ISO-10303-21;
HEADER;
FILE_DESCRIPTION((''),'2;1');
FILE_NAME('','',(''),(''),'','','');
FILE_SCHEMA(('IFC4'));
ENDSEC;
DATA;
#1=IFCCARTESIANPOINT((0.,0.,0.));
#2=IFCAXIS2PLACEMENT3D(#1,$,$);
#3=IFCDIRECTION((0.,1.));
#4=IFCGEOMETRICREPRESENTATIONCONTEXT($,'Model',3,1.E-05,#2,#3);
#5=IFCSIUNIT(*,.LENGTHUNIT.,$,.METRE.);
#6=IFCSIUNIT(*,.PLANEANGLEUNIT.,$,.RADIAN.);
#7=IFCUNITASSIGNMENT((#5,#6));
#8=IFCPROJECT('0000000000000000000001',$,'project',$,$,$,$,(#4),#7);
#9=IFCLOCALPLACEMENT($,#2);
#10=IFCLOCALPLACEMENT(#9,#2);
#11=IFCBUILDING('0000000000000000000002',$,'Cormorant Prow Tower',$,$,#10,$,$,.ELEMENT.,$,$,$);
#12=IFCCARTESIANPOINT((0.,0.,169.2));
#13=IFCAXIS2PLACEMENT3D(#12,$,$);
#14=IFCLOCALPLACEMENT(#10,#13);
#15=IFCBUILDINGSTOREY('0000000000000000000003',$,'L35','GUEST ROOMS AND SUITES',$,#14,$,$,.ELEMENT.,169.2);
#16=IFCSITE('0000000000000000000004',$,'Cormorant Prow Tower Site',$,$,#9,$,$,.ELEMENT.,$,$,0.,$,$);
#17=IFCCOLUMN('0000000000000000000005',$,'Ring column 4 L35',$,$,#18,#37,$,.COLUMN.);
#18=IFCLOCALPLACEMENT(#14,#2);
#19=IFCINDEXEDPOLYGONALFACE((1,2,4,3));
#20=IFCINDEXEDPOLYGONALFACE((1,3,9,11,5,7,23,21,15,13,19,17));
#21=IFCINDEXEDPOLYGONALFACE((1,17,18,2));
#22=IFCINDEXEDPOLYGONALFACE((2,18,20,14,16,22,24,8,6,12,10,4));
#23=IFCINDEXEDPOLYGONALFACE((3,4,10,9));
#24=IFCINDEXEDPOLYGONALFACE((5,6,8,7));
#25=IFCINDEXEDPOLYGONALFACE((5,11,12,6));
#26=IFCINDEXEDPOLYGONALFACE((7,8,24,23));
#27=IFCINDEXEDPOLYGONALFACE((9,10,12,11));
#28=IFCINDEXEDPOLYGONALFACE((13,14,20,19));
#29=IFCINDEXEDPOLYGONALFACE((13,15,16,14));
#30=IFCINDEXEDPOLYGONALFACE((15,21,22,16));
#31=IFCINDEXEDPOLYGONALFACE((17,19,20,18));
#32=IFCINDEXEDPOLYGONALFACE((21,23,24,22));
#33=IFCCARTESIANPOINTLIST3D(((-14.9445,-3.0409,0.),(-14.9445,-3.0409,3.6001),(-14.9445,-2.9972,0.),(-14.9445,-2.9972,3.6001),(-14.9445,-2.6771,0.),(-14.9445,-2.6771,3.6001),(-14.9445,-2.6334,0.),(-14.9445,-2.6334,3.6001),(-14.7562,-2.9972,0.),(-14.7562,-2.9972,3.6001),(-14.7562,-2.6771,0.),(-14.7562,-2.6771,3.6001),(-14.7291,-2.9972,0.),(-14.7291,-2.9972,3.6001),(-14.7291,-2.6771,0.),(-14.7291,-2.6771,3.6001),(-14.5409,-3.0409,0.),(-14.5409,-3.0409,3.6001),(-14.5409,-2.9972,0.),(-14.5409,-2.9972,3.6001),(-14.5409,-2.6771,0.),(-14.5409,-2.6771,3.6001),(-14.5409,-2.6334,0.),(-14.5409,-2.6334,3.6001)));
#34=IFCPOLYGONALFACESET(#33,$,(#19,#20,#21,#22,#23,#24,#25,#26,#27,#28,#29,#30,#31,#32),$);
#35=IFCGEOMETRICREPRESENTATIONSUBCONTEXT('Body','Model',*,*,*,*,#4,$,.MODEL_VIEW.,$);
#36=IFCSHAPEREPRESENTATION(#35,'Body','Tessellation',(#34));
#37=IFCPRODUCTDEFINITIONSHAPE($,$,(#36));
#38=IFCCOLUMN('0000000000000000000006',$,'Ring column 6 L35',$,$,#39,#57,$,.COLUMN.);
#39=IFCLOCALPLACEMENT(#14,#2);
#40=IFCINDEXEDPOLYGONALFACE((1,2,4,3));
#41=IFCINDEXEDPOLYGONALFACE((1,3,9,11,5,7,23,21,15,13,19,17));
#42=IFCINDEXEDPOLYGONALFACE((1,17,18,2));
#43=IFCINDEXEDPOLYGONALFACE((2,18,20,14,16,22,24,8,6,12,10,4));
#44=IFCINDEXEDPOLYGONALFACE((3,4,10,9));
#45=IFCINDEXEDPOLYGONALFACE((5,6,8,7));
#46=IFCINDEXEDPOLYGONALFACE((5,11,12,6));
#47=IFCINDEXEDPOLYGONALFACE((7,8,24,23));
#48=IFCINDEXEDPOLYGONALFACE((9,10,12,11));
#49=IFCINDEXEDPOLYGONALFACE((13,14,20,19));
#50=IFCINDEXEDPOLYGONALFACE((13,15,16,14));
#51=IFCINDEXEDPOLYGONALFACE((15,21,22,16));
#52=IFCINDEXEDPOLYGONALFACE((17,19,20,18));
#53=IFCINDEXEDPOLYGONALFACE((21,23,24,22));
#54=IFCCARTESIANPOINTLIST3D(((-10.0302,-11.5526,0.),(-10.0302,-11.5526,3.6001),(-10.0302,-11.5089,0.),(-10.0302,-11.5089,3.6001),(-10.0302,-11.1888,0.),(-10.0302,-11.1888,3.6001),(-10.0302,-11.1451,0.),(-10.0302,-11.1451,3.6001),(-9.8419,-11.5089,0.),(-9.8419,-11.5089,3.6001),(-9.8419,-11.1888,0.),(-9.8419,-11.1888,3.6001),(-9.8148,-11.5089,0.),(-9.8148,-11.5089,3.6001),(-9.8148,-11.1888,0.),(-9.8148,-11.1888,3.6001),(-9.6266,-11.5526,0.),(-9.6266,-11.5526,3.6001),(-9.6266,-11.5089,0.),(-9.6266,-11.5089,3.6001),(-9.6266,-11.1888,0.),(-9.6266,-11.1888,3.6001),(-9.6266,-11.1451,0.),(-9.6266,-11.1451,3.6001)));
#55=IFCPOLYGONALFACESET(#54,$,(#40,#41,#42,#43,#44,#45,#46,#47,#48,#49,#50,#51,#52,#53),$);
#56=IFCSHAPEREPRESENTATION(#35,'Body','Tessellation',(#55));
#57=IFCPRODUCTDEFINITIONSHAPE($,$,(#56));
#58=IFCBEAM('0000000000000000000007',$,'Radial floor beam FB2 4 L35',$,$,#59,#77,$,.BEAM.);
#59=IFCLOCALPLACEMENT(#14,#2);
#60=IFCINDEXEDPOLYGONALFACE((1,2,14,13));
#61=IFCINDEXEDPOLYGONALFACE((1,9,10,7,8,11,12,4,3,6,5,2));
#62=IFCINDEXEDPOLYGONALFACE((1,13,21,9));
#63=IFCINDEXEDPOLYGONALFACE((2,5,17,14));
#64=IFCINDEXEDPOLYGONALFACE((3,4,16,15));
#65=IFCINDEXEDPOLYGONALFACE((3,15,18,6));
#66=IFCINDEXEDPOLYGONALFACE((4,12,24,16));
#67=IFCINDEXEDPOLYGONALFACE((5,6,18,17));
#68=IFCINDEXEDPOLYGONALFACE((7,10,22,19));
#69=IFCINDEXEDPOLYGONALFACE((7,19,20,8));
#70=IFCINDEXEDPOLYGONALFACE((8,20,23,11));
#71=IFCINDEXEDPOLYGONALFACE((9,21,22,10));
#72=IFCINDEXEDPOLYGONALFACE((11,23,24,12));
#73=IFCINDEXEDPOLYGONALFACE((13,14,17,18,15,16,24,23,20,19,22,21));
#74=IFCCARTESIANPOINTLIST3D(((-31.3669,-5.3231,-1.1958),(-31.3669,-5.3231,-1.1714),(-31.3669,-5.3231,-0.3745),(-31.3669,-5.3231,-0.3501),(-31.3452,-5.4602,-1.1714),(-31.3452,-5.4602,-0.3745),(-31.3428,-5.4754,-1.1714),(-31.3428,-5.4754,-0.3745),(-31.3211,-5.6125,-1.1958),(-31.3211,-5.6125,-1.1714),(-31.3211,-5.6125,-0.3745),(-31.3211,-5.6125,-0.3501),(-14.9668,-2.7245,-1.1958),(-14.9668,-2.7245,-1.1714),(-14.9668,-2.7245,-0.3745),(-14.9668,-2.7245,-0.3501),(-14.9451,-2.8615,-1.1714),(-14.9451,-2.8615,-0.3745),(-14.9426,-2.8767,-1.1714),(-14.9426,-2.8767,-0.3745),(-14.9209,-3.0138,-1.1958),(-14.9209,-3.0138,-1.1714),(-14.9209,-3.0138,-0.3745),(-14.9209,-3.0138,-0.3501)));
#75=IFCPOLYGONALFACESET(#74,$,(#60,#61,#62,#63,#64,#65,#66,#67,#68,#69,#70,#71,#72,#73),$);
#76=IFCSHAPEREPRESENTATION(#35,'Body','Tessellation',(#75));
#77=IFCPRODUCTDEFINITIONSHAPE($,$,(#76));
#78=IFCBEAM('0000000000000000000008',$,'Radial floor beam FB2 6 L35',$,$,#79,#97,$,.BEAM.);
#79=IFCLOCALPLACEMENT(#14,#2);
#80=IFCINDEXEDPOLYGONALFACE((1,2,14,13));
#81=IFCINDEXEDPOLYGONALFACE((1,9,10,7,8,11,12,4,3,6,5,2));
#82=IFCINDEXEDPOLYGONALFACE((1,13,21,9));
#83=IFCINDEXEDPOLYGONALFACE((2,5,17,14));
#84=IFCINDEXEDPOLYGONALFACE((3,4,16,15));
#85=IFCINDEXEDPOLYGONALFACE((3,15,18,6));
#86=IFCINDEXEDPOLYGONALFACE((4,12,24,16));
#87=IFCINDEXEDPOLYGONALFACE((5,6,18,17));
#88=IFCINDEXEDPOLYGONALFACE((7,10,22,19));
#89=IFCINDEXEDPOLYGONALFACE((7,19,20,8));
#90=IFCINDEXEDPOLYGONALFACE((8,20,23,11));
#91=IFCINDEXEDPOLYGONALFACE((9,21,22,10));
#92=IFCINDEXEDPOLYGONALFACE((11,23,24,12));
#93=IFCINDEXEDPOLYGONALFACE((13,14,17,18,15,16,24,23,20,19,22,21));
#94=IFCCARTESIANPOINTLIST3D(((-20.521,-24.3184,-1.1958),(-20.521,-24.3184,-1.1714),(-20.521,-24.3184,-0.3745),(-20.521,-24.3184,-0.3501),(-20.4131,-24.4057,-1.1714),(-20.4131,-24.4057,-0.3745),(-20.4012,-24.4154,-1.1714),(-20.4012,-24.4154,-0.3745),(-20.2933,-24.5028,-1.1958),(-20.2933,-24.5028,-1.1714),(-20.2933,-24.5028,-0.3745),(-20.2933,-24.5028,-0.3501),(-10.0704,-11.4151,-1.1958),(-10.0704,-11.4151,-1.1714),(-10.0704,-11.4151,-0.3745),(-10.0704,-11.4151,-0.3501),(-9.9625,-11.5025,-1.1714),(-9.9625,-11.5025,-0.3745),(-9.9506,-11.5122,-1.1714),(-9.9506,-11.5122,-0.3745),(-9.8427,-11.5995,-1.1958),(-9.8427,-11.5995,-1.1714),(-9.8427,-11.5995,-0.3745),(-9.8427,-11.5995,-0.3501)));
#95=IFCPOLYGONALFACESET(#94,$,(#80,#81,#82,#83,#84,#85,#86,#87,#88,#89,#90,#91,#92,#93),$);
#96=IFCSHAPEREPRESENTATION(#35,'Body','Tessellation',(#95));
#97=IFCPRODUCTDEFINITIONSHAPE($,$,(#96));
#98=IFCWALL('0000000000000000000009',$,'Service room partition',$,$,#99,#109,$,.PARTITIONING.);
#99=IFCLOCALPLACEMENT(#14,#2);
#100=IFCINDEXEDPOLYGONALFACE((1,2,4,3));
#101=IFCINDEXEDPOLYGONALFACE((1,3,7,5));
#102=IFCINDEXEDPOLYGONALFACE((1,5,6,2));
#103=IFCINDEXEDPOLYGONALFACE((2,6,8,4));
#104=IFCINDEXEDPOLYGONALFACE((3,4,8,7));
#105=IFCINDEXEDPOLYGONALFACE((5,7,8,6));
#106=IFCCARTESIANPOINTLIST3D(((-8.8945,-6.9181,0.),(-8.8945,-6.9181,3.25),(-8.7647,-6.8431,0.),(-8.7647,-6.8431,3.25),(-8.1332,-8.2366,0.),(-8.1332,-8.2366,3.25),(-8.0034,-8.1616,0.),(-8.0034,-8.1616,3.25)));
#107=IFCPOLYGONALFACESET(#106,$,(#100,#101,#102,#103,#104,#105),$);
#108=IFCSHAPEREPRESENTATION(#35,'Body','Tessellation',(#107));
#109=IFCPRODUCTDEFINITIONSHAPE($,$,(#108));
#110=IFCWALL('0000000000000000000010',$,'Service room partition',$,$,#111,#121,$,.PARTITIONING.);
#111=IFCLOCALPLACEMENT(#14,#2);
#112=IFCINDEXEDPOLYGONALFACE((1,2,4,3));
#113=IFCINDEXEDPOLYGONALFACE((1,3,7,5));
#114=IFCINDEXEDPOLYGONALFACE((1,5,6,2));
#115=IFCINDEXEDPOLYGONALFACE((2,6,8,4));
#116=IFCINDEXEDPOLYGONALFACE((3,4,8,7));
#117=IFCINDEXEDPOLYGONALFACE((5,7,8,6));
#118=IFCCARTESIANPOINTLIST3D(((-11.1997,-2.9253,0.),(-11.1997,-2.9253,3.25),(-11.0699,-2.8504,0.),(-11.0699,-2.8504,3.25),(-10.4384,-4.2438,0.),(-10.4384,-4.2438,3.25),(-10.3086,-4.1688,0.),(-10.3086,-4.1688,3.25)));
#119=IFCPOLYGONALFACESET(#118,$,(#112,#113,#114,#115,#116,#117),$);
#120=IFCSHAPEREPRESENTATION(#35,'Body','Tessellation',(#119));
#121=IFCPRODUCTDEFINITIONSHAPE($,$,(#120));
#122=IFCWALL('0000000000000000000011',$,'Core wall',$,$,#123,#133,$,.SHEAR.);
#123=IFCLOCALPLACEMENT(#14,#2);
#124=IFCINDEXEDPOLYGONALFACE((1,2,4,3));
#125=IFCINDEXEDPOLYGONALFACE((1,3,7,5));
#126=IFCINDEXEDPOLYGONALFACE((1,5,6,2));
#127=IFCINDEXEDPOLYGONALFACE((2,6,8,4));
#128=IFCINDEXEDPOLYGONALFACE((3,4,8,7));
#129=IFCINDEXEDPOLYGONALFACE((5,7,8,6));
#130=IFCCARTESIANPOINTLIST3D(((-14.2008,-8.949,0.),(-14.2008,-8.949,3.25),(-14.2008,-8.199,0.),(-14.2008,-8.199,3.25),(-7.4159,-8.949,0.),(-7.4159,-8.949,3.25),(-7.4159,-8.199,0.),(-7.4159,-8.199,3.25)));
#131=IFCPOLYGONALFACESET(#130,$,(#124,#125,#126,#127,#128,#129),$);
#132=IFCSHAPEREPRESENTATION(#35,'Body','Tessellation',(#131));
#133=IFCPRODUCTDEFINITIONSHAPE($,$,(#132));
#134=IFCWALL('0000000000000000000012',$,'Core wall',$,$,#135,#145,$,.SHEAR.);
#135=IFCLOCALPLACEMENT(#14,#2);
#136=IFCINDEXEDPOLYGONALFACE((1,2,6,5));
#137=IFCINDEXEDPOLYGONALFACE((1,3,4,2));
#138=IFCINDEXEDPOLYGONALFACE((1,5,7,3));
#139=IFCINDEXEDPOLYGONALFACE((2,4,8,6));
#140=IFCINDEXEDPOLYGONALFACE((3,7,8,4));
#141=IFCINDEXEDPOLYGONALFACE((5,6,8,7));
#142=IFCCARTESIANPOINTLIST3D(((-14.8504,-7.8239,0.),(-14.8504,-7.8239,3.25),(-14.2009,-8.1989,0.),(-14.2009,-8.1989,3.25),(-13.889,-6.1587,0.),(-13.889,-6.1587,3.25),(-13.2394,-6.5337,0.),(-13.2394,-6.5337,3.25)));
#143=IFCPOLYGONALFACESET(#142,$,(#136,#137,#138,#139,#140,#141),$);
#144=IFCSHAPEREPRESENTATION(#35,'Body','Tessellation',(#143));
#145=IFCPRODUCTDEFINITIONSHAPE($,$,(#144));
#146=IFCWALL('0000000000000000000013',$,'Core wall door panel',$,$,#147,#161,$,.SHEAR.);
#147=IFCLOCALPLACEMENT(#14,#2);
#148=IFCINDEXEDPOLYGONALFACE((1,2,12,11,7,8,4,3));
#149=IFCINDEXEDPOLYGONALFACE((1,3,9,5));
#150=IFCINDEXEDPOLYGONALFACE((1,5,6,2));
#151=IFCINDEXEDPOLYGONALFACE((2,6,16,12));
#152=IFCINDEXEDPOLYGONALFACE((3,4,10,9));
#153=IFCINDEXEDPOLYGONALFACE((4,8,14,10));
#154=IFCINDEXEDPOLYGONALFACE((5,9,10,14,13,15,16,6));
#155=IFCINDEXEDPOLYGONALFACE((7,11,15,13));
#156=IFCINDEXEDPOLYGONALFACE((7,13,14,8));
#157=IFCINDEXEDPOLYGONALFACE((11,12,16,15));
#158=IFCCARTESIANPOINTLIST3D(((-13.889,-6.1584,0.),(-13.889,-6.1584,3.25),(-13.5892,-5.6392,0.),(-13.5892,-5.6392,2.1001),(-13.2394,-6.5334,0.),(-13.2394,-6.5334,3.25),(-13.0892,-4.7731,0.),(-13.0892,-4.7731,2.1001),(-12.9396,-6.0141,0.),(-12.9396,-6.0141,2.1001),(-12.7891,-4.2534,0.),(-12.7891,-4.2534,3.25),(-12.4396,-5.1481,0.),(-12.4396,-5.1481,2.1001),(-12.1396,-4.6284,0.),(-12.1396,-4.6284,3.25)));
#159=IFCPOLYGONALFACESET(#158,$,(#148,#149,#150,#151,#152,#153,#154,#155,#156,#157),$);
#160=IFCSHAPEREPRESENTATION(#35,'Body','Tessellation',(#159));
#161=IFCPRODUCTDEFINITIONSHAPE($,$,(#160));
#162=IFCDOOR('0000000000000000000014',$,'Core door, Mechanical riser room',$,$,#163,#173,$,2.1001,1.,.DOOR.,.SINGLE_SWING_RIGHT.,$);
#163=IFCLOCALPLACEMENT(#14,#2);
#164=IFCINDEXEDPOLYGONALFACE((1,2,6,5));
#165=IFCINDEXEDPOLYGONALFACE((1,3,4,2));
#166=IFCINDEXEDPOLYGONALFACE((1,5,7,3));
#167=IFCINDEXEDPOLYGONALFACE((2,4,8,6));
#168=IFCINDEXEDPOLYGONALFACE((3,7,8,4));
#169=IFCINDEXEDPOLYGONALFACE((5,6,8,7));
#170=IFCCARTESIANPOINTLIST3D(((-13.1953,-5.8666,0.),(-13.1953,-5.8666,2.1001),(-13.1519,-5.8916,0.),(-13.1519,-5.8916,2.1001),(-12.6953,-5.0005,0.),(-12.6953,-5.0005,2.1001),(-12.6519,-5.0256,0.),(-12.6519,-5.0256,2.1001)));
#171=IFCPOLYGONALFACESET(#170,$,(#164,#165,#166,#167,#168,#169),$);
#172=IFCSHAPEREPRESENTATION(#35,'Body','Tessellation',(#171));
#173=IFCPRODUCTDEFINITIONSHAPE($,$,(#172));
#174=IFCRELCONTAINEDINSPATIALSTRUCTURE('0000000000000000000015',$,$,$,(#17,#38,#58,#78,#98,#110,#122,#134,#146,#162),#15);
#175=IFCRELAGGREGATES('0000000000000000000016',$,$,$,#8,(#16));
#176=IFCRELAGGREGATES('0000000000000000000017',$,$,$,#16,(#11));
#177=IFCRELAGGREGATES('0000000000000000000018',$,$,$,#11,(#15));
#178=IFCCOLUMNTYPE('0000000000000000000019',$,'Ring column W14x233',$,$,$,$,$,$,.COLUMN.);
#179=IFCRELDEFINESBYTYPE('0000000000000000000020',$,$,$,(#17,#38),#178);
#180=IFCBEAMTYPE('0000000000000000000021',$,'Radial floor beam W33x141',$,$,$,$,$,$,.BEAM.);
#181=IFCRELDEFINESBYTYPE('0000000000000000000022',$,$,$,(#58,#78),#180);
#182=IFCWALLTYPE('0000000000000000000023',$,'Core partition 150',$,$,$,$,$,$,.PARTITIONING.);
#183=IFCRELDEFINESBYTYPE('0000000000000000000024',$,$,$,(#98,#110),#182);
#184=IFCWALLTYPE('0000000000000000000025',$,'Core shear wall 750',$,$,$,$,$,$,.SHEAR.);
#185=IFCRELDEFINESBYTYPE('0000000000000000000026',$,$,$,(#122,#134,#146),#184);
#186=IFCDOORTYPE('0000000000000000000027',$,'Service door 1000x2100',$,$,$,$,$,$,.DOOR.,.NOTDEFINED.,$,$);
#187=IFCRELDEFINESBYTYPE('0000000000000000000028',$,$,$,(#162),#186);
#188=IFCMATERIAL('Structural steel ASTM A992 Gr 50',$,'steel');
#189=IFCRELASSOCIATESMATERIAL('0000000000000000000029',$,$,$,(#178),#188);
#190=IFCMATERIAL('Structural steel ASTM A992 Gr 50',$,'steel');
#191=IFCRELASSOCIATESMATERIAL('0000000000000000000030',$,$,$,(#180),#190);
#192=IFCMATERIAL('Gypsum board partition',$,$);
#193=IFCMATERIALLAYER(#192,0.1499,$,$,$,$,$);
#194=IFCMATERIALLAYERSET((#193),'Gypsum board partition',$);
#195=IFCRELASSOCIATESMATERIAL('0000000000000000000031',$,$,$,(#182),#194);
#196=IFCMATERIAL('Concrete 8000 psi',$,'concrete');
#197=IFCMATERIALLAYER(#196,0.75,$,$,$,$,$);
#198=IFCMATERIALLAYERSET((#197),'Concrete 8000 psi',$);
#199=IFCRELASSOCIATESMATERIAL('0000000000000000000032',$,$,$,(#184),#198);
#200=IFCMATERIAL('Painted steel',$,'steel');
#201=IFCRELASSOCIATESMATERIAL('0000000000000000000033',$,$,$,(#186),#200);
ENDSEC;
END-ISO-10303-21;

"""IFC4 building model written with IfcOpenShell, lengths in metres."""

from ifc_helpers import new_model, si_unit, direction, frame, frame_2d, origin, origin_2d, place, context, subcontext, project, spatial, rectangle, i_section, extrude, material, layer, layer_set, material_profile, profile_set, type_object, element, fill, save


model = new_model("IFC4")

# Units and contexts
model_context = context("Model", 3, precision=1e-05, world=origin(), true_north=direction((0.0, 1.0)))
body_context = subcontext(model_context, "Body", "Model", "MODEL_VIEW")
ifc_project = project(units=[si_unit("LENGTHUNIT", "METRE"), si_unit("PLANEANGLEUNIT", "RADIAN")], contexts=[model_context])

# Site, building, storey
site_placement = place(None, origin())
site = spatial("IfcSite", under=ifc_project, at=site_placement, Name="Cormorant Prow Tower Site", CompositionType="ELEMENT", RefElevation=0.0)
building_placement = place(site_placement, origin())
building = spatial("IfcBuilding", under=site, at=building_placement, Name="Cormorant Prow Tower", CompositionType="ELEMENT")
storey_placement = place(building_placement, frame((0.0, 0.0, 169.2)))
storey = spatial("IfcBuildingStorey", under=building, at=storey_placement, Name="L35", Description="GUEST ROOMS AND SUITES", CompositionType="ELEMENT", Elevation=169.2)

# Columns
ifc_material_1 = material(Name="Structural steel ASTM A992 Gr 50", Category="steel")
ifc_material_profile_1 = material_profile(ifc_material_1, i_section(OverallWidth=0.4036, OverallDepth=0.4075, WebThickness=0.0271, FlangeThickness=0.0437, at=origin_2d()), Name="W14x233")
ifc_profile_set_1 = profile_set([ifc_material_profile_1], Name="Structural steel ASTM A992 Gr 50")
column_type = type_object("IfcColumnType", Name="Ring column W14x233", PredefinedType="COLUMN", material=ifc_profile_set_1)
for number, where, z_axis, x_axis, name in (
    (1, (-14.7427, -2.8372, 0.0), (0.0, 0.0, 1.0), (1.0, 0.0, 0.0), "Ring column 4 L35"),
    (2, (-9.8284, -11.3489, 0.0), (0.0, 0.0, 1.0), (1.0, 0.0, 0.0), "Ring column 6 L35"),
):
    element("IfcColumn", number, at=place(storey_placement, frame(where, z_axis=z_axis, x_axis=x_axis)), inside=storey, type_object=column_type, Name=name, PredefinedType="COLUMN", context=body_context, shape_type="SweptSolid", body=[
        extrude(i_section(OverallWidth=0.4036, OverallDepth=0.4075, WebThickness=0.0271, FlangeThickness=0.0437, at=origin_2d()), origin(), (0.0, 0.0, 1.0), 3.6001),
    ])

# Beams
ifc_material_2 = material(Name="Structural steel ASTM A992 Gr 50", Category="steel")
ifc_material_profile_2 = material_profile(ifc_material_2, i_section(OverallWidth=0.293, OverallDepth=0.8457, WebThickness=0.0154, FlangeThickness=0.0244, at=origin_2d()), Name="W33x141")
ifc_profile_set_2 = profile_set([ifc_material_profile_2], Name="Structural steel ASTM A992 Gr 50")
beam_type = type_object("IfcBeamType", Name="Radial floor beam W33x141", PredefinedType="BEAM", material=ifc_profile_set_2)
beam_1_placement = place(storey_placement, frame((-14.9438, -2.8691, -0.7729), z_axis=(-0.987678, -0.156499, 0.0), x_axis=(0.156499, -0.987678, 0.0)))
element("IfcBeam", 3, at=beam_1_placement, inside=storey, type_object=beam_type, Name="Radial floor beam FB2 4 L35", PredefinedType="BEAM", context=body_context, shape_type="SweptSolid", body=[
    extrude(i_section(OverallWidth=0.293, OverallDepth=0.8457, WebThickness=0.0154, FlangeThickness=0.0244, at=origin_2d()), origin(), (0.0, 0.0, 1.0), 16.6047),
])
beam_2_placement = place(storey_placement, frame((-9.9565, -11.5073, -0.7729), z_axis=(-0.629385, -0.777094, 0.0), x_axis=(0.777094, -0.629385, 0.0)))
element("IfcBeam", 4, at=beam_2_placement, inside=storey, type_object=beam_type, Name="Radial floor beam FB2 6 L35", PredefinedType="BEAM", context=body_context, shape_type="SweptSolid", body=[
    extrude(i_section(OverallWidth=0.293, OverallDepth=0.8457, WebThickness=0.0154, FlangeThickness=0.0244, at=origin_2d()), origin(), (0.0, 0.0, 1.0), 16.6045),
])

# Walls
ifc_material_3 = material(Name="Gypsum board partition")
ifc_layer_1 = layer(ifc_material_3, 0.1499)
ifc_layer_set_1 = layer_set([ifc_layer_1], Name="Gypsum board partition")
wall_type_1 = type_object("IfcWallType", Name="Core partition 150", PredefinedType="PARTITIONING", material=ifc_layer_set_1)
for number, where, z_axis, x_axis, name in (
    (5, (-8.8296, -6.8806, 0.0), (0.0, 0.0, 1.0), (0.500037, -0.866004, 0.0), "Service room partition"),
    (6, (-10.3735, -4.2063, 0.0), (0.0, 0.0, 1.0), (-0.500037, 0.866004, 0.0), "Service room partition"),
):
    element("IfcWall", number, at=place(storey_placement, frame(where, z_axis=z_axis, x_axis=x_axis)), inside=storey, type_object=wall_type_1, Name=name, PredefinedType="PARTITIONING", context=body_context, shape_type="SweptSolid", body=[
        extrude(rectangle(XDim=1.5225, YDim=0.1499, at=frame_2d((0.7612, 0.0))), origin(), (0.0, 0.0, 1.0), 3.25),
    ])
ifc_material_4 = material(Name="Concrete 8000 psi", Category="concrete")
ifc_layer_2 = layer(ifc_material_4, 0.75)
ifc_layer_set_2 = layer_set([ifc_layer_2], Name="Concrete 8000 psi")
wall_type_2 = type_object("IfcWallType", Name="Core shear wall 750", PredefinedType="SHEAR", material=ifc_layer_set_2)
wall_1_placement = place(storey_placement, frame((-14.2009, -8.574, 0.0), z_axis=(0.0, 0.0, 1.0), x_axis=(1.0, 0.0, 0.0)))
element("IfcWall", 7, at=wall_1_placement, inside=storey, type_object=wall_type_2, Name="Core wall", PredefinedType="SHEAR", context=body_context, shape_type="SweptSolid", body=[
    extrude(rectangle(XDim=6.7849, YDim=0.75, at=frame_2d((3.3926, 0.0))), origin(), (0.0, 0.0, 1.0), 3.25),
])
wall_2_placement = place(storey_placement, frame((-13.5642, -6.3462, 0.0), z_axis=(0.0, 0.0, 1.0), x_axis=(-0.49999, -0.866031, 0.0)))
element("IfcWall", 8, at=wall_2_placement, inside=storey, type_object=wall_type_2, Name="Core wall", PredefinedType="SHEAR", context=body_context, shape_type="SweptSolid", body=[
    extrude(rectangle(XDim=1.9229, YDim=0.75, at=frame_2d((0.9614, 0.0))), origin(), (0.0, 0.0, 1.0), 3.25),
])

# Wall, opening, door
wall_3_placement = place(storey_placement, frame((-12.4644, -4.4409, 0.0), z_axis=(0.0, 0.0, 1.0), x_axis=(-0.499995, -0.866028, 0.0)))
wall_3 = element("IfcWall", 9, at=wall_3_placement, inside=storey, type_object=wall_type_2, Name="Core wall door panel", PredefinedType="SHEAR", context=body_context, shape_type="SweptSolid", body=[
    extrude(rectangle(XDim=2.1997, YDim=0.75, at=frame_2d((1.0999, 0.0))), origin(), (0.0, 0.0, 1.0), 3.25),
])
opening_1_placement = place(wall_3_placement, frame((0.6001, 0.0, 0.0)))
opening_1 = element("IfcOpeningElement", 10, at=opening_1_placement, cuts=wall_3, PredefinedType="OPENING", context=body_context, shape_type="SweptSolid", body=[
    extrude(rectangle(XDim=1.0, YDim=2.1001, at=frame_2d((0.5, 1.05))), frame((0.0, 0.385, 0.0), z_axis=(0.0, -1.0, 0.0), x_axis=(1.0, 0.0, 0.0)), (0.0, 0.0, 1.0), 0.77),
])
ifc_material_5 = material(Name="Painted steel", Category="steel")
door_type_1 = type_object("IfcDoorType", Name="Service door 1000x2100", OperationType="NOTDEFINED", PredefinedType="DOOR", material=ifc_material_5)
door_1_placement = place(opening_1_placement, origin())
door_1 = element("IfcDoor", 11, at=door_1_placement, inside=storey, type_object=door_type_1, Name="Core door, Mechanical riser room", OperationType="SINGLE_SWING_RIGHT", OverallHeight=2.1001, OverallWidth=1.0, PredefinedType="DOOR", context=body_context, shape_type="SweptSolid", body=[
    extrude(rectangle(XDim=1.0, YDim=2.1001, at=frame_2d((0.5, 1.05))), frame((0.0, 0.1299, 0.0), z_axis=(0.0, -1.0, 0.0), x_axis=(1.0, 0.0, 0.0)), (0.0, 0.0, 1.0), 0.05),
])
fill(opening_1, door_1)

save(model, "model.ifc")
